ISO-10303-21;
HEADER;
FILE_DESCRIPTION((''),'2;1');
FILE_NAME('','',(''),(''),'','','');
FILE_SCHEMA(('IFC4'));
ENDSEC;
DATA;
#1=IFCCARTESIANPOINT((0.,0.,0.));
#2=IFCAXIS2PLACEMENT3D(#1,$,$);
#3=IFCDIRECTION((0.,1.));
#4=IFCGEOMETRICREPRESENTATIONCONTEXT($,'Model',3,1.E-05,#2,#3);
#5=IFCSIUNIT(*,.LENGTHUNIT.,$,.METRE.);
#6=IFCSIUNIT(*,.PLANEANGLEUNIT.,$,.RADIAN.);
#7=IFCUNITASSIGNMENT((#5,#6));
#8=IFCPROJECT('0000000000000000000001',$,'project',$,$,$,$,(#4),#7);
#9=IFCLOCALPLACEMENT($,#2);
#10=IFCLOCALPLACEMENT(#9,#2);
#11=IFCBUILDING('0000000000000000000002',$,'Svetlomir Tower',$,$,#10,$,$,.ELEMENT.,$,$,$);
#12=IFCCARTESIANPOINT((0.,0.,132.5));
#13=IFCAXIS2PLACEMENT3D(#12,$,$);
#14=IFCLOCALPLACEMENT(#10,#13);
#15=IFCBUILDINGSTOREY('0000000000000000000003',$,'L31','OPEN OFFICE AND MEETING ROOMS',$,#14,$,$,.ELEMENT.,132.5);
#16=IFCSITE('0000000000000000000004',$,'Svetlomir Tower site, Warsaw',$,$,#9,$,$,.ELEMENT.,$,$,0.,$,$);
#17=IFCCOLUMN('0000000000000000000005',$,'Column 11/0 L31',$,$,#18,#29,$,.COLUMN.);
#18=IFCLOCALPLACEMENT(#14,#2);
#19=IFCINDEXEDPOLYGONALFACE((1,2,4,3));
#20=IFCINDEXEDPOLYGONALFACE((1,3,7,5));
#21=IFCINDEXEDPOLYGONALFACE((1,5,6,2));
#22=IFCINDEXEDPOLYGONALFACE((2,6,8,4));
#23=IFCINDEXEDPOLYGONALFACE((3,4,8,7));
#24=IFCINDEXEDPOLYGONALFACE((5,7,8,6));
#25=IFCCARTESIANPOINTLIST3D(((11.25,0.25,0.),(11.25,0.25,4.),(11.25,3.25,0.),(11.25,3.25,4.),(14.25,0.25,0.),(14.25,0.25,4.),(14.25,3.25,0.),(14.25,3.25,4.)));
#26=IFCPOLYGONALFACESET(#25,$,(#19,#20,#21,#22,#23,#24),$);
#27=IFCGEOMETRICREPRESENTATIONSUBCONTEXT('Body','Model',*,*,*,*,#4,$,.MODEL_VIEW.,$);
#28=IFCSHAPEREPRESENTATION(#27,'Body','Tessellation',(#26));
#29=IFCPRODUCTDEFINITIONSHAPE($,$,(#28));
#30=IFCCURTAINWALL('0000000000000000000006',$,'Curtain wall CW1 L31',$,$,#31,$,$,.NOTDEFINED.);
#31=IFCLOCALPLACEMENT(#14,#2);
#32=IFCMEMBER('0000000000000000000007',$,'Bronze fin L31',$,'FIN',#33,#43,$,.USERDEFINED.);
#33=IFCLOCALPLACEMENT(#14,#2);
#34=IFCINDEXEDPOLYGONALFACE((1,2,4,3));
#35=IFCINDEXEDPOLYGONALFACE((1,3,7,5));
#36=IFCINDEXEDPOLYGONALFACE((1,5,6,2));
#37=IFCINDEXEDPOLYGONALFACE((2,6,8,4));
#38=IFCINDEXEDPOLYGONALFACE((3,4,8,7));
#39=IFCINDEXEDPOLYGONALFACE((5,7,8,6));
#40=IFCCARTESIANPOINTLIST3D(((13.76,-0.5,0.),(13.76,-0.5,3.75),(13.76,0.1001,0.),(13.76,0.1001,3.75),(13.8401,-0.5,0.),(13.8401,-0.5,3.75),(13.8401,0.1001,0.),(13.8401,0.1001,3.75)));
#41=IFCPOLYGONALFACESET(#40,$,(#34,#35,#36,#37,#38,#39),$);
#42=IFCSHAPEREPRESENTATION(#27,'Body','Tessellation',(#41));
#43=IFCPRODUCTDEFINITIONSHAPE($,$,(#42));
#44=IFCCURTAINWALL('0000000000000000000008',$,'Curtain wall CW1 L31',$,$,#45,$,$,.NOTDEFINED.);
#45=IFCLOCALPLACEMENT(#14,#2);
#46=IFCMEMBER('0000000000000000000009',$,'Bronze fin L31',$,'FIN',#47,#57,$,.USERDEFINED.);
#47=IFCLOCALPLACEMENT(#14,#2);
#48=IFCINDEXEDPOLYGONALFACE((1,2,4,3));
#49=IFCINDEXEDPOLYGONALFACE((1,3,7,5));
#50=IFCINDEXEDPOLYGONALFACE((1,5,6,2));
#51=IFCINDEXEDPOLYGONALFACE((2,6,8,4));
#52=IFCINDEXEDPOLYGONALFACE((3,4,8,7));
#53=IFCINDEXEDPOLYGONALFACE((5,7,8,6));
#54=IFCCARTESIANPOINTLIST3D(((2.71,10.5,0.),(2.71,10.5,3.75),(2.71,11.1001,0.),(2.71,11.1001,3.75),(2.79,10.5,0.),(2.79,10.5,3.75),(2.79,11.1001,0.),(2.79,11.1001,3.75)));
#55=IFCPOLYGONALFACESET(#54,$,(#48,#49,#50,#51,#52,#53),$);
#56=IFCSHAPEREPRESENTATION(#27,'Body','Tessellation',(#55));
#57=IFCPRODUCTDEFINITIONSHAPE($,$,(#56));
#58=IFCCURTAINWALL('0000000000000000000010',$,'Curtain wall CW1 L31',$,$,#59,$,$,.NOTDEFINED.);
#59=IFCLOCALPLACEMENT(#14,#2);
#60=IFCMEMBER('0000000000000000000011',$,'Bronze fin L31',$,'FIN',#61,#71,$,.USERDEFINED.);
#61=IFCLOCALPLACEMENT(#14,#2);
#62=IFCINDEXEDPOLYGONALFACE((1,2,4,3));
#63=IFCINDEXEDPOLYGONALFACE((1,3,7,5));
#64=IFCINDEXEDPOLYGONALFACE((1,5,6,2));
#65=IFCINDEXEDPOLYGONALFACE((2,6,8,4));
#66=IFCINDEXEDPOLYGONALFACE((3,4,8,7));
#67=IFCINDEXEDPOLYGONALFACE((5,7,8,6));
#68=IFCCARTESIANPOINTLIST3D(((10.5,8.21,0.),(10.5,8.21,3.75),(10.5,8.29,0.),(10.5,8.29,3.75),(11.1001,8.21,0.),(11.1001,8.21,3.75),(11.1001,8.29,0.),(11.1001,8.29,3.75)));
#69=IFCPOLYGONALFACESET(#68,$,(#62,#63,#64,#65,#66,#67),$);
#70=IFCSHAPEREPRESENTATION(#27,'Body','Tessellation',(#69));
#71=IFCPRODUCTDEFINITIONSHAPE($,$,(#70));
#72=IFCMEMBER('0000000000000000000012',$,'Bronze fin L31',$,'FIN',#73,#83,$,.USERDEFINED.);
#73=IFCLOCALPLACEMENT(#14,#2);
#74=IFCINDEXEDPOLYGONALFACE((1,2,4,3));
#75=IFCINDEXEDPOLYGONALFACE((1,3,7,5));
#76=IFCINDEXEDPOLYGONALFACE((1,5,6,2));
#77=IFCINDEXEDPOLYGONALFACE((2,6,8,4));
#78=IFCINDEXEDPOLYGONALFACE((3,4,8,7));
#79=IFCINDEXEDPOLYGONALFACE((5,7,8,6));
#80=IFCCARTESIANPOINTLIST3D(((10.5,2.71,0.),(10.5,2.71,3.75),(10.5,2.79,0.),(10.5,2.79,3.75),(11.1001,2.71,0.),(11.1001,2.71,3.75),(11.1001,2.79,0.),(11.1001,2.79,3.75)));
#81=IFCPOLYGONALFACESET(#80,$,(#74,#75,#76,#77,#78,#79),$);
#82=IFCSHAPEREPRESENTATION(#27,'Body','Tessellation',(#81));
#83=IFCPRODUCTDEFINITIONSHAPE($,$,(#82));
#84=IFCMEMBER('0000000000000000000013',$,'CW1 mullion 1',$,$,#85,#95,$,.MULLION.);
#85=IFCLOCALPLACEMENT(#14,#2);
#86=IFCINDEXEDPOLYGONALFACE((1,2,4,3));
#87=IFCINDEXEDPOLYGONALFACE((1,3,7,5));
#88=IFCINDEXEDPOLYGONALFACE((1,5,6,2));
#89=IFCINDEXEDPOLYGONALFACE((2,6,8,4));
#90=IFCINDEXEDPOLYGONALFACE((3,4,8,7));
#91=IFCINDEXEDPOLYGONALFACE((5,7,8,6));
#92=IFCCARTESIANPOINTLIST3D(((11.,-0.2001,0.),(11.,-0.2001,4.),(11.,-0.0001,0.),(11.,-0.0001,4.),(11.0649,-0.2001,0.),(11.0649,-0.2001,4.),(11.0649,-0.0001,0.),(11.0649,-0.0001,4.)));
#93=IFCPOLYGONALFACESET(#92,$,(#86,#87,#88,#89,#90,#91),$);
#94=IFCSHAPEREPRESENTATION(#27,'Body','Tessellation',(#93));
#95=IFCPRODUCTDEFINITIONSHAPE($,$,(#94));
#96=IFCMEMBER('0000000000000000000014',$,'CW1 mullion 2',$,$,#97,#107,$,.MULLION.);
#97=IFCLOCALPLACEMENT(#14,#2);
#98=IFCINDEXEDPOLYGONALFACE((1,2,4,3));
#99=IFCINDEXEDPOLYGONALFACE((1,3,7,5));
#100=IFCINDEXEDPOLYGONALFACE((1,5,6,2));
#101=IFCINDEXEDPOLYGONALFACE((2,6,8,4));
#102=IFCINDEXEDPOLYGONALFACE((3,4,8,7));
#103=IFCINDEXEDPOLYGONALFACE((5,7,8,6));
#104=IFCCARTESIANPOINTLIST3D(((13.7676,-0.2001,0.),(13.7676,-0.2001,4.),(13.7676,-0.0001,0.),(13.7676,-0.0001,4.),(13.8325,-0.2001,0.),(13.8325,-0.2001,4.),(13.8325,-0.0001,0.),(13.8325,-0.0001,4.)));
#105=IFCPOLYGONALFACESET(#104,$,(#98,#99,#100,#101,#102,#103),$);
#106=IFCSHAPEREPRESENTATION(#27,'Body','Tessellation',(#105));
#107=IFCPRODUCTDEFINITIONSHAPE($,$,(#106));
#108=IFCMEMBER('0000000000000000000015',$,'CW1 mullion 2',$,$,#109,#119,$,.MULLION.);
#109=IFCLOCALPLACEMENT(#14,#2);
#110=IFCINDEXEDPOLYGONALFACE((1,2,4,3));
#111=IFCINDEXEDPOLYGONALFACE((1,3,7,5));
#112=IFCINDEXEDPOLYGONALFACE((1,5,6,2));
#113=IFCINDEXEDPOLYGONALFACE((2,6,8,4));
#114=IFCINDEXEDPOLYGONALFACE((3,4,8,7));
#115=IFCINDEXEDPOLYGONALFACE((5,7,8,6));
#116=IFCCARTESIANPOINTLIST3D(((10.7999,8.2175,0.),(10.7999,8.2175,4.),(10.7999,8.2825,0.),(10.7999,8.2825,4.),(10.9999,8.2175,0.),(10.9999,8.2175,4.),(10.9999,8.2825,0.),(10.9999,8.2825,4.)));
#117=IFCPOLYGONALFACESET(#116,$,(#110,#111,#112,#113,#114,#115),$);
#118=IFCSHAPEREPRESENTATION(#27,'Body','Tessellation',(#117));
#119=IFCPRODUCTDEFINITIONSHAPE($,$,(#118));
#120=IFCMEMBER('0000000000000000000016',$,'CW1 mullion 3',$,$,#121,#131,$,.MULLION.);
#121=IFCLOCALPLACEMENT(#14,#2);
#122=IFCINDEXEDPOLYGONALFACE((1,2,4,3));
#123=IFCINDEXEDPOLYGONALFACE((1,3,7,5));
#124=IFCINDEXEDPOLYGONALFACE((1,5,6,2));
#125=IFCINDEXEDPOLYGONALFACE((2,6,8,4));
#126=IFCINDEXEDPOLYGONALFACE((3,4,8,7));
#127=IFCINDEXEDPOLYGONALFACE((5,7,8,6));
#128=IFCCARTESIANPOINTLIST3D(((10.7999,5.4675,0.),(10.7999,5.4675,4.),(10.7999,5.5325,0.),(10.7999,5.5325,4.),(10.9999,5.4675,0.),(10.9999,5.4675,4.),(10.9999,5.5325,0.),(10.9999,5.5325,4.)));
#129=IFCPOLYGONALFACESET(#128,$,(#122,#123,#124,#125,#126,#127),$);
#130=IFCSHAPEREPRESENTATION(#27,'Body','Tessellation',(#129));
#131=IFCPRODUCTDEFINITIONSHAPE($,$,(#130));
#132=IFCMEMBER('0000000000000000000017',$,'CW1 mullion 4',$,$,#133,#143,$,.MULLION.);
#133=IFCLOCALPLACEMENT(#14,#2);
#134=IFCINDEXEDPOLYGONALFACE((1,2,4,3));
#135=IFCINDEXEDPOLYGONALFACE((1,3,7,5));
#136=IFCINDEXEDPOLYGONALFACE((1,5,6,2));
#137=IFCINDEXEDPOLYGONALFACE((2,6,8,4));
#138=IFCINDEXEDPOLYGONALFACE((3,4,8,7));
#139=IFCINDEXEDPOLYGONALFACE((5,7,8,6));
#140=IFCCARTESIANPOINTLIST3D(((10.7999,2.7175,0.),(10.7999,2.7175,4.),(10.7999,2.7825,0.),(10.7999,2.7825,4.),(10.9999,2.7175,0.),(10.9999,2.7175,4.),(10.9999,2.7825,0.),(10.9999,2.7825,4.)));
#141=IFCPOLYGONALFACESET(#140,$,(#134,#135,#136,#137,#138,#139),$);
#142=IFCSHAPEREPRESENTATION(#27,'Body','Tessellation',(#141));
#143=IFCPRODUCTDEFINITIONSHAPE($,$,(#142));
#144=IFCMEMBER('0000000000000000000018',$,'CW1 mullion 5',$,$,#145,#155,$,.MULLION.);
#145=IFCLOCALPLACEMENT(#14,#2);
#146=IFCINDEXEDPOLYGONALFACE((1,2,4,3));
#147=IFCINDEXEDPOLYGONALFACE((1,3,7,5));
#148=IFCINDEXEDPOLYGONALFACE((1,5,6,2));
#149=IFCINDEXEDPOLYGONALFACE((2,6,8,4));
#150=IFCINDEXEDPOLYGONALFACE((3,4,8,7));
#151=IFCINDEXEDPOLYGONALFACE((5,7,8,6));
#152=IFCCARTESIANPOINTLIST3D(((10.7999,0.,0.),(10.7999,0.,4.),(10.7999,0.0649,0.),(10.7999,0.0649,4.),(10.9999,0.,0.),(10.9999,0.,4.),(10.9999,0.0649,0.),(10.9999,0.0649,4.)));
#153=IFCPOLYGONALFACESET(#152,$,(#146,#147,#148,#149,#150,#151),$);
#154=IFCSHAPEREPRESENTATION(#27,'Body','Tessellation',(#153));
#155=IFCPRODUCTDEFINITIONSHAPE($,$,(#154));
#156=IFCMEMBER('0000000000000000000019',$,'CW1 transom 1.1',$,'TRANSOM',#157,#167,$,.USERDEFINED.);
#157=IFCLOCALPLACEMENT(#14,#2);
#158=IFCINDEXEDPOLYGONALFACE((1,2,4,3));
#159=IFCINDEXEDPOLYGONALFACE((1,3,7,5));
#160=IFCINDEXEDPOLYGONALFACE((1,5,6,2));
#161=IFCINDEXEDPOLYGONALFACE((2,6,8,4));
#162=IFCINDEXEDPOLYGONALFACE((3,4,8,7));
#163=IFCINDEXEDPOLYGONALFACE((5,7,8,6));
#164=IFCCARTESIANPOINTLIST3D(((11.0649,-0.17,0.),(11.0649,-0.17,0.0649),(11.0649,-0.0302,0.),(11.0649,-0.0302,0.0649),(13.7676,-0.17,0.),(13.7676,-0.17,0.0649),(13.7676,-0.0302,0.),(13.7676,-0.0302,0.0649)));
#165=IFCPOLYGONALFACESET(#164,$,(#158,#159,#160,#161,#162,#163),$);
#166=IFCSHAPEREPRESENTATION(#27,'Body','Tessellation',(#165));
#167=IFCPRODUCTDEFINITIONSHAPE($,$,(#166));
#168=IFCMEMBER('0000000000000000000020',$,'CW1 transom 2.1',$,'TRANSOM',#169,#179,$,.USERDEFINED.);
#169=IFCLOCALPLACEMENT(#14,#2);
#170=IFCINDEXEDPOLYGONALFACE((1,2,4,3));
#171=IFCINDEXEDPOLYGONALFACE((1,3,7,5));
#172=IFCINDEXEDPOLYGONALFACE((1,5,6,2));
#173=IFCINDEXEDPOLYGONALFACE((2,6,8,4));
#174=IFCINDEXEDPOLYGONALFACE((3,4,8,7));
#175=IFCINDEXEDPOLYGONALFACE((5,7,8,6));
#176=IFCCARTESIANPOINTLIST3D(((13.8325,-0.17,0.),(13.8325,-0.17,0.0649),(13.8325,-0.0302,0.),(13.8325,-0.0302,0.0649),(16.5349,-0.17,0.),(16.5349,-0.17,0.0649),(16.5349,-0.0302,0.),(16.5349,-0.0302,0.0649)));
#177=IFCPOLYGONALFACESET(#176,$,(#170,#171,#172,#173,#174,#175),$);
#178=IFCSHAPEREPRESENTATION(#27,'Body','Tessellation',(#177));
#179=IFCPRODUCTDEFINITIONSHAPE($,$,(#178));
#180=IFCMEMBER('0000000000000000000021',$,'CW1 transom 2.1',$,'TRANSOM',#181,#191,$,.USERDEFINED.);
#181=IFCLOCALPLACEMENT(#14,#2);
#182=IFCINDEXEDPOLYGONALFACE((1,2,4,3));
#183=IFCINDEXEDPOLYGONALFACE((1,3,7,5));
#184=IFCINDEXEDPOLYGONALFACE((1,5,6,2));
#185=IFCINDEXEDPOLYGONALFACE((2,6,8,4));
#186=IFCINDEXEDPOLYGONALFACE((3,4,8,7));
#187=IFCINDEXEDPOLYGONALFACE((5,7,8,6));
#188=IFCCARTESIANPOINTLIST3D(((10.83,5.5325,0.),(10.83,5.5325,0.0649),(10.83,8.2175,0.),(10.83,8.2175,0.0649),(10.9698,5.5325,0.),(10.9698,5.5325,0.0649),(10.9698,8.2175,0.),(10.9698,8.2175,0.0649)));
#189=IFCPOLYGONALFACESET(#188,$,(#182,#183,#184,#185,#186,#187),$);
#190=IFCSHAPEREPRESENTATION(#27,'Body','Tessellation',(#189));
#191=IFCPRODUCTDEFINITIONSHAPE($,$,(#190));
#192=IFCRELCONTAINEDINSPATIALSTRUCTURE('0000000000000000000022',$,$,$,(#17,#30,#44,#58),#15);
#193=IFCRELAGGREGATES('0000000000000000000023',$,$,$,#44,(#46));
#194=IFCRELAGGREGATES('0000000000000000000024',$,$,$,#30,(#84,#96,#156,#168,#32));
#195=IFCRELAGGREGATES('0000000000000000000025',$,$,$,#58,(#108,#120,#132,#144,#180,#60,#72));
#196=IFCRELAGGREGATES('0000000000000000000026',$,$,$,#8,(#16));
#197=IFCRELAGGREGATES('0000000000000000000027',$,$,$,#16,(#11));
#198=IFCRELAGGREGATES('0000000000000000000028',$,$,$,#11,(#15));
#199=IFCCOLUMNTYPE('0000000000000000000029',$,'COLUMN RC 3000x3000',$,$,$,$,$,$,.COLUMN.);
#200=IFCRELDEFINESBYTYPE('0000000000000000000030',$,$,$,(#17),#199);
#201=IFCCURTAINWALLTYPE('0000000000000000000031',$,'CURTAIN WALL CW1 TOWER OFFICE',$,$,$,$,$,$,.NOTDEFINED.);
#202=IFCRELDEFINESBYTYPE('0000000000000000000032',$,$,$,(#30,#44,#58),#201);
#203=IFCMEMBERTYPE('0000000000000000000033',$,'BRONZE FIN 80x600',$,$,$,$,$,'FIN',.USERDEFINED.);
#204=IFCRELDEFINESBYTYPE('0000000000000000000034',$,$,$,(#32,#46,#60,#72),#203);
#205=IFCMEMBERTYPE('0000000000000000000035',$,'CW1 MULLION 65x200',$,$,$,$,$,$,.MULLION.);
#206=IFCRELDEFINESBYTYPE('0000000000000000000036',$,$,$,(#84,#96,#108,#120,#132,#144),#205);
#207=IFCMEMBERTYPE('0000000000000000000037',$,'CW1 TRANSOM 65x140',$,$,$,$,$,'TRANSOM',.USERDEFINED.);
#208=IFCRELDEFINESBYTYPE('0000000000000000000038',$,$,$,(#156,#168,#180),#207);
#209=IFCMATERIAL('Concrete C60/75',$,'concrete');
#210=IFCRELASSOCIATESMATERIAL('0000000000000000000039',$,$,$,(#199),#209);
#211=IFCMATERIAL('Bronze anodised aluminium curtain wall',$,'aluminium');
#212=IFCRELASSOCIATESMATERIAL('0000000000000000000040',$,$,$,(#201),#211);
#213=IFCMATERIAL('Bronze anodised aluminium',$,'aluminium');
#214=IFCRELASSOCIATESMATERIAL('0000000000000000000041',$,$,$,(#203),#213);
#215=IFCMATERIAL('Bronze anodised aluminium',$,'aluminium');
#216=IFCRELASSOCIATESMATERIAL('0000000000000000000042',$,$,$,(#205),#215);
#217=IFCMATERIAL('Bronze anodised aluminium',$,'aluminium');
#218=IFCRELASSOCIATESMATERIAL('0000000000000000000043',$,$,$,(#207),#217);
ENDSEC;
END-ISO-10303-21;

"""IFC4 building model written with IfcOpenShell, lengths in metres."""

from ifc_helpers import new_model, si_unit, direction, frame, origin, origin_2d, place, context, subcontext, project, spatial, rectangle, extrude, material, material_profile, profile_set, type_object, element, aggregate, save


model = new_model("IFC4")

# Units and contexts
model_context = context("Model", 3, precision=1e-05, world=origin(), true_north=direction((0.0, 1.0)))
body_context = subcontext(model_context, "Body", "Model", "MODEL_VIEW")
ifc_project = project(units=[si_unit("LENGTHUNIT", "METRE"), si_unit("PLANEANGLEUNIT", "RADIAN")], contexts=[model_context])

# Site, building, storey
site_placement = place(None, origin())
site = spatial("IfcSite", under=ifc_project, at=site_placement, Name="Svetlomir Tower site, Warsaw", CompositionType="ELEMENT", RefElevation=0.0)
building_placement = place(site_placement, origin())
building = spatial("IfcBuilding", under=site, at=building_placement, Name="Svetlomir Tower", CompositionType="ELEMENT")
storey_placement = place(building_placement, frame((0.0, 0.0, 132.5)))
storey = spatial("IfcBuildingStorey", under=building, at=storey_placement, Name="L31", Description="OPEN OFFICE AND MEETING ROOMS", CompositionType="ELEMENT", Elevation=132.5)

# Column
ifc_material_1 = material(Name="Concrete C60/75", Category="concrete")
ifc_material_profile_1 = material_profile(ifc_material_1, rectangle(XDim=3.0, YDim=3.0, at=origin_2d()), Name="RC 3000x3000")
ifc_profile_set_1 = profile_set([ifc_material_profile_1], Name="Concrete C60/75")
column_type = type_object("IfcColumnType", Name="COLUMN RC 3000x3000", PredefinedType="COLUMN", material=ifc_profile_set_1)
column_placement = place(storey_placement, frame((12.75, 1.75, 0.0), z_axis=(0.0, 0.0, 1.0), x_axis=(1.0, 0.0, 0.0)))
element("IfcColumn", 1, at=column_placement, inside=storey, type_object=column_type, Name="Column 11/0 L31", PredefinedType="COLUMN", context=body_context, shape_type="SweptSolid", body=[
    extrude(rectangle(XDim=3.0, YDim=3.0, at=origin_2d()), origin(), (0.0, 0.0, 1.0), 4.0),
])

# Curtain walls, members
ifc_material_2 = material(Name="Bronze anodised aluminium curtain wall", Category="aluminium")
curtain_wall_type = type_object("IfcCurtainWallType", Name="CURTAIN WALL CW1 TOWER OFFICE", PredefinedType="NOTDEFINED", material=ifc_material_2)
curtain_wall_1_placement = place(storey_placement, origin())
curtain_wall_1 = element("IfcCurtainWall", 2, at=curtain_wall_1_placement, inside=storey, type_object=curtain_wall_type, Name="Curtain wall CW1 L31", PredefinedType="NOTDEFINED")
ifc_material_3 = material(Name="Bronze anodised aluminium", Category="aluminium")
ifc_material_profile_2 = material_profile(ifc_material_3, rectangle(XDim=0.0801, YDim=0.6001, at=origin_2d()), Name="FIN 80x600")
ifc_profile_set_2 = profile_set([ifc_material_profile_2], Name="Bronze anodised aluminium 6063-T6")
member_type_1 = type_object("IfcMemberType", Name="BRONZE FIN 80x600", ElementType="FIN", PredefinedType="USERDEFINED", material=ifc_profile_set_2)
member_1_placement = place(storey_placement, frame((13.8, -0.2, 0.0), z_axis=(0.0, 0.0, 1.0), x_axis=(1.0, 0.0, 0.0)))
member_1 = element("IfcMember", 3, at=member_1_placement, type_object=member_type_1, Name="Bronze fin L31", ObjectType="FIN", PredefinedType="USERDEFINED", context=body_context, shape_type="SweptSolid", body=[
    extrude(rectangle(XDim=0.0801, YDim=0.6001, at=origin_2d()), origin(), (0.0, 0.0, 1.0), 3.75),
])
curtain_wall_2_placement = place(storey_placement, origin())
curtain_wall_2 = element("IfcCurtainWall", 4, at=curtain_wall_2_placement, inside=storey, type_object=curtain_wall_type, Name="Curtain wall CW1 L31", PredefinedType="NOTDEFINED")
member_2_placement = place(storey_placement, frame((2.75, 10.8, 0.0), z_axis=(0.0, 0.0, 1.0), x_axis=(1.0, 0.0, 0.0)))
member_2 = element("IfcMember", 5, at=member_2_placement, type_object=member_type_1, Name="Bronze fin L31", ObjectType="FIN", PredefinedType="USERDEFINED", context=body_context, shape_type="SweptSolid", body=[
    extrude(rectangle(XDim=0.0801, YDim=0.6001, at=origin_2d()), origin(), (0.0, 0.0, 1.0), 3.75),
])
aggregate(curtain_wall_2, [member_2])

# Curtain wall, members
curtain_wall_3_placement = place(storey_placement, origin())
curtain_wall_3 = element("IfcCurtainWall", 6, at=curtain_wall_3_placement, inside=storey, type_object=curtain_wall_type, Name="Curtain wall CW1 L31", PredefinedType="NOTDEFINED")
member_3_placement = place(storey_placement, frame((10.8, 8.25, 0.0), z_axis=(0.0, 0.0, 1.0), x_axis=(0.0, 1.0, 0.0)))
member_3 = element("IfcMember", 7, at=member_3_placement, type_object=member_type_1, Name="Bronze fin L31", ObjectType="FIN", PredefinedType="USERDEFINED", context=body_context, shape_type="SweptSolid", body=[
    extrude(rectangle(XDim=0.0801, YDim=0.6001, at=origin_2d()), origin(), (0.0, 0.0, 1.0), 3.75),
])
member_4_placement = place(storey_placement, frame((10.8, 2.75, 0.0), z_axis=(0.0, 0.0, 1.0), x_axis=(0.0, 1.0, 0.0)))
member_4 = element("IfcMember", 8, at=member_4_placement, type_object=member_type_1, Name="Bronze fin L31", ObjectType="FIN", PredefinedType="USERDEFINED", context=body_context, shape_type="SweptSolid", body=[
    extrude(rectangle(XDim=0.0801, YDim=0.6001, at=origin_2d()), origin(), (0.0, 0.0, 1.0), 3.75),
])

# Members
ifc_material_4 = material(Name="Bronze anodised aluminium", Category="aluminium")
ifc_material_profile_3 = material_profile(ifc_material_4, rectangle(XDim=0.0649, YDim=0.2, at=origin_2d()), Name="AL 65x200")
ifc_profile_set_3 = profile_set([ifc_material_profile_3], Name="Bronze anodised aluminium 6063-T6")
member_type_2 = type_object("IfcMemberType", Name="CW1 MULLION 65x200", PredefinedType="MULLION", material=ifc_profile_set_3)
member_5_placement = place(storey_placement, frame((11.0325, -0.1001, 0.0), z_axis=(0.0, 0.0, 1.0), x_axis=(1.0, 0.0, 0.0)))
member_5 = element("IfcMember", 9, at=member_5_placement, type_object=member_type_2, Name="CW1 mullion 1", PredefinedType="MULLION", context=body_context, shape_type="SweptSolid", body=[
    extrude(rectangle(XDim=0.0649, YDim=0.2, at=origin_2d()), origin(), (0.0, 0.0, 1.0), 4.0),
])
member_6_placement = place(storey_placement, frame((13.8, -0.1001, 0.0), z_axis=(0.0, 0.0, 1.0), x_axis=(1.0, 0.0, 0.0)))
member_6 = element("IfcMember", 10, at=member_6_placement, type_object=member_type_2, Name="CW1 mullion 2", PredefinedType="MULLION", context=body_context, shape_type="SweptSolid", body=[
    extrude(rectangle(XDim=0.0649, YDim=0.2, at=origin_2d()), origin(), (0.0, 0.0, 1.0), 4.0),
])
member_7_placement = place(storey_placement, frame((10.8999, 8.25, 0.0), z_axis=(0.0, 0.0, 1.0), x_axis=(0.0, -1.0, 0.0)))
member_7 = element("IfcMember", 11, at=member_7_placement, type_object=member_type_2, Name="CW1 mullion 2", PredefinedType="MULLION", context=body_context, shape_type="SweptSolid", body=[
    extrude(rectangle(XDim=0.0649, YDim=0.2, at=origin_2d()), origin(), (0.0, 0.0, 1.0), 4.0),
])
member_8_placement = place(storey_placement, frame((10.8999, 5.5, 0.0), z_axis=(0.0, 0.0, 1.0), x_axis=(0.0, -1.0, 0.0)))
member_8 = element("IfcMember", 12, at=member_8_placement, type_object=member_type_2, Name="CW1 mullion 3", PredefinedType="MULLION", context=body_context, shape_type="SweptSolid", body=[
    extrude(rectangle(XDim=0.0649, YDim=0.2, at=origin_2d()), origin(), (0.0, 0.0, 1.0), 4.0),
])
member_9_placement = place(storey_placement, frame((10.8999, 2.75, 0.0), z_axis=(0.0, 0.0, 1.0), x_axis=(0.0, -1.0, 0.0)))
member_9 = element("IfcMember", 13, at=member_9_placement, type_object=member_type_2, Name="CW1 mullion 4", PredefinedType="MULLION", context=body_context, shape_type="SweptSolid", body=[
    extrude(rectangle(XDim=0.0649, YDim=0.2, at=origin_2d()), origin(), (0.0, 0.0, 1.0), 4.0),
])
member_10_placement = place(storey_placement, frame((10.8999, 0.0325, 0.0), z_axis=(0.0, 0.0, 1.0), x_axis=(0.0, -1.0, 0.0)))
member_10 = element("IfcMember", 14, at=member_10_placement, type_object=member_type_2, Name="CW1 mullion 5", PredefinedType="MULLION", context=body_context, shape_type="SweptSolid", body=[
    extrude(rectangle(XDim=0.0649, YDim=0.2, at=origin_2d()), origin(), (0.0, 0.0, 1.0), 4.0),
])
ifc_material_5 = material(Name="Bronze anodised aluminium", Category="aluminium")
ifc_material_profile_4 = material_profile(ifc_material_5, rectangle(XDim=0.1399, YDim=0.0649, at=origin_2d()), Name="AL 140x65")
ifc_profile_set_4 = profile_set([ifc_material_profile_4], Name="Bronze anodised aluminium 6063-T6")
member_type_3 = type_object("IfcMemberType", Name="CW1 TRANSOM 65x140", ElementType="TRANSOM", PredefinedType="USERDEFINED", material=ifc_profile_set_4)
member_11_placement = place(storey_placement, frame((11.0649, -0.1001, 0.0325), z_axis=(1.0, 0.0, 0.0), x_axis=(0.0, 1.0, 0.0)))
member_11 = element("IfcMember", 15, at=member_11_placement, type_object=member_type_3, Name="CW1 transom 1.1", ObjectType="TRANSOM", PredefinedType="USERDEFINED", context=body_context, shape_type="SweptSolid", body=[
    extrude(rectangle(XDim=0.1399, YDim=0.0649, at=origin_2d()), origin(), (0.0, 0.0, 1.0), 2.7026),
])
member_12_placement = place(storey_placement, frame((13.8325, -0.1001, 0.0325), z_axis=(1.0, 0.0, 0.0), x_axis=(0.0, 1.0, 0.0)))
member_12 = element("IfcMember", 16, at=member_12_placement, type_object=member_type_3, Name="CW1 transom 2.1", ObjectType="TRANSOM", PredefinedType="USERDEFINED", context=body_context, shape_type="SweptSolid", body=[
    extrude(rectangle(XDim=0.1399, YDim=0.0649, at=origin_2d()), origin(), (0.0, 0.0, 1.0), 2.7024),
])
member_13_placement = place(storey_placement, frame((10.8999, 8.2175, 0.0325), z_axis=(0.0, -1.0, 0.0), x_axis=(1.0, 0.0, 0.0)))
member_13 = element("IfcMember", 17, at=member_13_placement, type_object=member_type_3, Name="CW1 transom 2.1", ObjectType="TRANSOM", PredefinedType="USERDEFINED", context=body_context, shape_type="SweptSolid", body=[
    extrude(rectangle(XDim=0.1399, YDim=0.0649, at=origin_2d()), origin(), (0.0, 0.0, 1.0), 2.6851),
])

aggregate(curtain_wall_1, [member_5, member_6, member_11, member_12, member_1])
aggregate(curtain_wall_3, [member_7, member_8, member_9, member_10, member_13, member_3, member_4])

save(model, "model.ifc")
